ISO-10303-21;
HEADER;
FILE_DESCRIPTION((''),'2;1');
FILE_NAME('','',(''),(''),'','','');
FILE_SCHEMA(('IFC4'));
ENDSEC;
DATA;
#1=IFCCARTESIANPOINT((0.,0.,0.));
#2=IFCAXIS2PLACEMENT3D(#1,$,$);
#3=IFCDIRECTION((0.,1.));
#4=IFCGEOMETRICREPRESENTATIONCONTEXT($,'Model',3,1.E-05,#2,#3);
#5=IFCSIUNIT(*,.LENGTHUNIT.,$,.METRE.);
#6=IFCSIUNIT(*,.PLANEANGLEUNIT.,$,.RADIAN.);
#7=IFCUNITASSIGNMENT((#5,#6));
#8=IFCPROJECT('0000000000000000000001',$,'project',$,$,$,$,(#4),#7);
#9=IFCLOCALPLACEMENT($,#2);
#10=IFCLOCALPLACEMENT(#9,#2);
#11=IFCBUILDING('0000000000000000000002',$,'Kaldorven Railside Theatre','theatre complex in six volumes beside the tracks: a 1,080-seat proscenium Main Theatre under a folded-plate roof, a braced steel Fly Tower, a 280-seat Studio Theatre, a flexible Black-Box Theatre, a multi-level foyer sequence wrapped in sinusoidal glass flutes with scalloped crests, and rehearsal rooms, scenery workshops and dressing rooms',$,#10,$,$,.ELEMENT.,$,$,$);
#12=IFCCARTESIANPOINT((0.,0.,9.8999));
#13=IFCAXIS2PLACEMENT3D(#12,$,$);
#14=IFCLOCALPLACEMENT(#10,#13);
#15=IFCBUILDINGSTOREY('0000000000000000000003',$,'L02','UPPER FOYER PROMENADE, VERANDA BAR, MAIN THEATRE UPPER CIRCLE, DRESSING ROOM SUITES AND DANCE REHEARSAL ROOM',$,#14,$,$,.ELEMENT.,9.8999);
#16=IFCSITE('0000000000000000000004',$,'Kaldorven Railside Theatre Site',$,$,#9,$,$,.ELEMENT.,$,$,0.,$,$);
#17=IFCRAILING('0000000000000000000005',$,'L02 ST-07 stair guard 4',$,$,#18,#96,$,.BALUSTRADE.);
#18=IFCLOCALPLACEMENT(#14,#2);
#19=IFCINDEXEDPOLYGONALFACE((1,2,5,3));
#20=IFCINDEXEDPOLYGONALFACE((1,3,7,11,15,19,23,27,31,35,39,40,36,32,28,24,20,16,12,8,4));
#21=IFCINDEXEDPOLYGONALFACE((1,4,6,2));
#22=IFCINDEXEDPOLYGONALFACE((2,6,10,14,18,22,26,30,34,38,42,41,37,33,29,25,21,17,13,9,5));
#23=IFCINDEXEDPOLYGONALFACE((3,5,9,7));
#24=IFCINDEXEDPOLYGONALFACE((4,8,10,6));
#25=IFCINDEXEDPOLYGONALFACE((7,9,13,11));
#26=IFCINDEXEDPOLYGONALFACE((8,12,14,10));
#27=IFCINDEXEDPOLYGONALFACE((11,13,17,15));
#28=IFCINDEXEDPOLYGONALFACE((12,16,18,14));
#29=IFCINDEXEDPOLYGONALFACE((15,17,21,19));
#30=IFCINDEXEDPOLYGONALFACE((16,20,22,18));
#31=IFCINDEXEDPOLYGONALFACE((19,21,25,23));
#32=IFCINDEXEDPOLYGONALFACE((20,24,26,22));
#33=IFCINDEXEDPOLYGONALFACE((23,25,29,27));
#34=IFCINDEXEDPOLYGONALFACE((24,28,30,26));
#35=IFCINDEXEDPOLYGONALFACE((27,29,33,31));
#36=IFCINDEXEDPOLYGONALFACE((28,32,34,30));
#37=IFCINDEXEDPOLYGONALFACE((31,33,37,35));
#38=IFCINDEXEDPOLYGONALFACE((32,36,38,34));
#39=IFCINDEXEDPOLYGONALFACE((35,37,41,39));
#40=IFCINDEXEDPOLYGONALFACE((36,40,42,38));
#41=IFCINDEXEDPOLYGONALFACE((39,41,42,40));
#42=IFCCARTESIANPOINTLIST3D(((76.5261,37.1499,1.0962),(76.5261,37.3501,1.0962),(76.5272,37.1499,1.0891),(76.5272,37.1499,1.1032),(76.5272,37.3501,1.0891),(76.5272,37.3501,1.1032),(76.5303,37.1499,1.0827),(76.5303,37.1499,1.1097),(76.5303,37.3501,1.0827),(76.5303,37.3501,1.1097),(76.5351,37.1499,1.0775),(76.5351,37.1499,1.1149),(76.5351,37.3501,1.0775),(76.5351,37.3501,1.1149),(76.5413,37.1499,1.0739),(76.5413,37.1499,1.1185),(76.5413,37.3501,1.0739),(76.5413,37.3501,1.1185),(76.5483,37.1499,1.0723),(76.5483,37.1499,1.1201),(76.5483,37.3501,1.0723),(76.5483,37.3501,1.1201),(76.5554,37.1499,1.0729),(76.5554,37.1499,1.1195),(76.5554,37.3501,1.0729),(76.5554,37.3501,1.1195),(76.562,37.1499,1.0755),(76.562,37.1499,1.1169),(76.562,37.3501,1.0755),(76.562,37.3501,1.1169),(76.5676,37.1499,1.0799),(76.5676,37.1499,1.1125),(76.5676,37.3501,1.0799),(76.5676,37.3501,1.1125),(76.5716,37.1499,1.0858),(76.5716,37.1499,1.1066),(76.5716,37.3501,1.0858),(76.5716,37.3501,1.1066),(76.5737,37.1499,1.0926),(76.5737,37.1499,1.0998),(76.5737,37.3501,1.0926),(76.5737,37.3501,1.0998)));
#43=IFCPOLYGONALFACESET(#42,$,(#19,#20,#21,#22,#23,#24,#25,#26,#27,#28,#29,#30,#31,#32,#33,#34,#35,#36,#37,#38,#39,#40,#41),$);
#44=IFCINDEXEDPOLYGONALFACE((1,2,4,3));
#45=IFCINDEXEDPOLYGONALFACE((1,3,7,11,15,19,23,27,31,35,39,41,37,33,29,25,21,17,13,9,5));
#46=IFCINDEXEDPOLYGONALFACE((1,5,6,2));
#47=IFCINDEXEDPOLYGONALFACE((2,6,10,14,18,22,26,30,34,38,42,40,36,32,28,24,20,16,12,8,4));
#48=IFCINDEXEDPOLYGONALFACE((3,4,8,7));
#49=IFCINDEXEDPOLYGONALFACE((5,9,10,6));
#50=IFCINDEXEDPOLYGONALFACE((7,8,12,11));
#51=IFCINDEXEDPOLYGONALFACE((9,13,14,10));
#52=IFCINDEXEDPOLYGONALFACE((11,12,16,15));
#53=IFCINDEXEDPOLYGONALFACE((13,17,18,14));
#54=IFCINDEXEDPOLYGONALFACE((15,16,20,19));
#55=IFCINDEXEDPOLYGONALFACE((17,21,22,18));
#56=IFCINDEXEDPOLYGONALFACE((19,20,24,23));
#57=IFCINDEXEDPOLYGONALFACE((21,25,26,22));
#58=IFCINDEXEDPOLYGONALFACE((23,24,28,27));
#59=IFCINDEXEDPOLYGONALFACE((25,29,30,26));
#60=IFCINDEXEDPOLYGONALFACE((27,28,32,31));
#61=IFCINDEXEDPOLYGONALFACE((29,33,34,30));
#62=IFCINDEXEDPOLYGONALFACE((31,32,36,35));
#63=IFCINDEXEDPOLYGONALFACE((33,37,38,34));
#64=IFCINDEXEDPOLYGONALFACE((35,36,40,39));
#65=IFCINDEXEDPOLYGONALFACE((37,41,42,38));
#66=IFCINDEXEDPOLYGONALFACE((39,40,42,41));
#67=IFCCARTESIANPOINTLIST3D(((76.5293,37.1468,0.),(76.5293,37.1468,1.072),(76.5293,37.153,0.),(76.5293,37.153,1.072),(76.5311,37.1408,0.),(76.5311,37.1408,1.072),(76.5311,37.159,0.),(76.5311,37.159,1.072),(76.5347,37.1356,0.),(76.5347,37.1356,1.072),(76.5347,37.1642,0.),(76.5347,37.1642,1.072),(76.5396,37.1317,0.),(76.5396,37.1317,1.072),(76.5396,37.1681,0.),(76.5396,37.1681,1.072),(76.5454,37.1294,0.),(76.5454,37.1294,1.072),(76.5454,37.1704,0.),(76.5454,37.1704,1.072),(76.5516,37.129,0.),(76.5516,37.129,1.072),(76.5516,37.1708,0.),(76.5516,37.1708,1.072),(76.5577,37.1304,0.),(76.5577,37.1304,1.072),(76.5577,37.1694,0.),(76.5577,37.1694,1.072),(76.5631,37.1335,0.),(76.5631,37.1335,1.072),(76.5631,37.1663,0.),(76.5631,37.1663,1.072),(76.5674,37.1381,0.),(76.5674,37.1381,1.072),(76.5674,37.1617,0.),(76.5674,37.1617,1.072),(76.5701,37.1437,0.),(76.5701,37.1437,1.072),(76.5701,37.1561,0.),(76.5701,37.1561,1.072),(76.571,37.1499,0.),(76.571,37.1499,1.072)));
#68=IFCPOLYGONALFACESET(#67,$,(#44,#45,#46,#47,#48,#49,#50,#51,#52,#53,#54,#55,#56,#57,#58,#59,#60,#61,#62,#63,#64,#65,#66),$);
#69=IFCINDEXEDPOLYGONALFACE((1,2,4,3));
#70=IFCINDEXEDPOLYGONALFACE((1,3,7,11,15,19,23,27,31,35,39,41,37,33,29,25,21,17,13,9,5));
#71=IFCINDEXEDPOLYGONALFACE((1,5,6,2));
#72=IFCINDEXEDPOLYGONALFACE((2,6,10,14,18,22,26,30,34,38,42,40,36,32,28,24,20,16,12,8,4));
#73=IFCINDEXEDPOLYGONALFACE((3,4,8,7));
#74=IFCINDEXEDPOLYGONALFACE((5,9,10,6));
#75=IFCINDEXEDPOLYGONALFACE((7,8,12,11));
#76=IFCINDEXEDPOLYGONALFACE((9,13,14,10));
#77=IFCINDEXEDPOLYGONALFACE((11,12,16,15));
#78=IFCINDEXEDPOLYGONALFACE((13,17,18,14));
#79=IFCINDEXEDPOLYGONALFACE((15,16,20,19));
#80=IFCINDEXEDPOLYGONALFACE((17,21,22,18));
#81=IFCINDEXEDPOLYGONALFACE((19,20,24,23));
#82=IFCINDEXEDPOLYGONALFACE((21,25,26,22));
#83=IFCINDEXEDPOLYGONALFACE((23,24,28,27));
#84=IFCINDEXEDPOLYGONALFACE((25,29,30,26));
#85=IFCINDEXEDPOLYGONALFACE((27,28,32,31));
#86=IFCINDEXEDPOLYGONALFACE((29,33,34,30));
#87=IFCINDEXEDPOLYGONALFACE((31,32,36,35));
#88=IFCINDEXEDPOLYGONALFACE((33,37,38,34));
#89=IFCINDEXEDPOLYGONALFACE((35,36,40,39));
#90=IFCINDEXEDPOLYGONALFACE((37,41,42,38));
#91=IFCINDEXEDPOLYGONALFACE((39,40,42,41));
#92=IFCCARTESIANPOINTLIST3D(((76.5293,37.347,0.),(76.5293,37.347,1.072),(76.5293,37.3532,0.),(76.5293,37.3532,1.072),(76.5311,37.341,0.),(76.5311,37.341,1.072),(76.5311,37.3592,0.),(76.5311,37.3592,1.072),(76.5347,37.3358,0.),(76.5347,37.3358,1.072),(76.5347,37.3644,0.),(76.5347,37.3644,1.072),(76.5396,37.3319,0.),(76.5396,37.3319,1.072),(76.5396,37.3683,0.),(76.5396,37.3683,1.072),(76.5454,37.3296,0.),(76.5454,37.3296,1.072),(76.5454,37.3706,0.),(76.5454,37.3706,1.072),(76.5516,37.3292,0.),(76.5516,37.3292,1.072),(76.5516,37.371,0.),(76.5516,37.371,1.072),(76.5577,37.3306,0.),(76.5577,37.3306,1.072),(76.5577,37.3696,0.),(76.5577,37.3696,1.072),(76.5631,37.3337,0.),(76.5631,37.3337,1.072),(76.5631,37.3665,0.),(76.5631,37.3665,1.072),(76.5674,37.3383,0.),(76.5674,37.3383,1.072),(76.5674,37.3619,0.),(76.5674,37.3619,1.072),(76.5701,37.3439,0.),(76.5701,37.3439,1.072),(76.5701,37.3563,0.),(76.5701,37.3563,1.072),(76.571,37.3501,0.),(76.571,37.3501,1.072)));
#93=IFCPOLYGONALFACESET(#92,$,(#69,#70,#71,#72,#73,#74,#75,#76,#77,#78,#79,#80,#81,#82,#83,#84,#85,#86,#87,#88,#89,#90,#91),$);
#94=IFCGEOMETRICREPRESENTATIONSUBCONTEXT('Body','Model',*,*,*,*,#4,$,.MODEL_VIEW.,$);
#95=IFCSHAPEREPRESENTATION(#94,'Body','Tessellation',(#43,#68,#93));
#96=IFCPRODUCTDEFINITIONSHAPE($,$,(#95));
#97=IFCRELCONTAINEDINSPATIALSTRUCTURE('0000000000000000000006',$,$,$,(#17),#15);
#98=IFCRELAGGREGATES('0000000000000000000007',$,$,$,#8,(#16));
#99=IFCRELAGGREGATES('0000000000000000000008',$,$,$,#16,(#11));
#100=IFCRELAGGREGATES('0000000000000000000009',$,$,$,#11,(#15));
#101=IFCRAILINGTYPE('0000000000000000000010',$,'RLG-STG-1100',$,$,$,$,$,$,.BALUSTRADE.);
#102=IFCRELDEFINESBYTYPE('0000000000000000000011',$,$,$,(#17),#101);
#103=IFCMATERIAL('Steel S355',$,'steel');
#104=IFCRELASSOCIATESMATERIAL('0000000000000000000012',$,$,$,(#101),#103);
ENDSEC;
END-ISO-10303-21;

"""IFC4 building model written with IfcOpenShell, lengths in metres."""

from ifc_helpers import new_model, si_unit, direction, frame, origin, origin_2d, place, context, subcontext, project, spatial, circle, extrude, material, type_object, element, save


model = new_model("IFC4")

# Units and contexts
model_context = context("Model", 3, precision=1e-05, world=origin(), true_north=direction((0.0, 1.0)))
body_context = subcontext(model_context, "Body", "Model", "MODEL_VIEW")
ifc_project = project(units=[si_unit("LENGTHUNIT", "METRE"), si_unit("PLANEANGLEUNIT", "RADIAN")], contexts=[model_context])

# Site, building, storey
site_placement = place(None, origin())
site = spatial("IfcSite", under=ifc_project, at=site_placement, Name="Kaldorven Railside Theatre Site", CompositionType="ELEMENT", RefElevation=0.0)
building_placement = place(site_placement, origin())
building = spatial("IfcBuilding", under=site, at=building_placement, Name="Kaldorven Railside Theatre", Description="theatre complex in six volumes beside the tracks: a 1,080-seat proscenium Main Theatre under a folded-plate roof, a braced steel Fly Tower, a 280-seat Studio Theatre, a flexible Black-Box Theatre, a multi-level foyer sequence wrapped in sinusoidal glass flutes with scalloped crests, and rehearsal rooms, scenery workshops and dressing rooms", CompositionType="ELEMENT")
storey_placement = place(building_placement, frame((0.0, 0.0, 9.8999)))
storey = spatial("IfcBuildingStorey", under=building, at=storey_placement, Name="L02", Description="UPPER FOYER PROMENADE, VERANDA BAR, MAIN THEATRE UPPER CIRCLE, DRESSING ROOM SUITES AND DANCE REHEARSAL ROOM", CompositionType="ELEMENT", Elevation=9.8999)

# Shared definitions
ifc_material_1 = material(Name="Steel S355", Category="steel")

# Railing
railing_type_1 = type_object("IfcRailingType", Name="RLG-STG-1100", PredefinedType="BALUSTRADE", material=ifc_material_1)
railing_1_placement = place(storey_placement, frame((76.55, 37.1499, 0.0)))
element("IfcRailing", 1, at=railing_1_placement, inside=storey, type_object=railing_type_1, Name="L02 ST-07 stair guard 4", PredefinedType="BALUSTRADE", context=body_context, shape_type="SweptSolid", body=[
    extrude(circle(Radius=0.0239, at=origin_2d()), frame((0.0, 0.0, 1.0962), z_axis=(0.0, 1.0, 0.0), x_axis=(-1.0, 0.0, 0.0)), (0.0, 0.0, 1.0), 0.2002),
    extrude(circle(Radius=0.021, at=origin_2d()), origin(), (0.0, 0.0, 1.0), 1.072),
    extrude(circle(Radius=0.021, at=origin_2d()), frame((0.0, 0.2002, 0.0)), (0.0, 0.0, 1.0), 1.072),
])

save(model, "model.ifc")
